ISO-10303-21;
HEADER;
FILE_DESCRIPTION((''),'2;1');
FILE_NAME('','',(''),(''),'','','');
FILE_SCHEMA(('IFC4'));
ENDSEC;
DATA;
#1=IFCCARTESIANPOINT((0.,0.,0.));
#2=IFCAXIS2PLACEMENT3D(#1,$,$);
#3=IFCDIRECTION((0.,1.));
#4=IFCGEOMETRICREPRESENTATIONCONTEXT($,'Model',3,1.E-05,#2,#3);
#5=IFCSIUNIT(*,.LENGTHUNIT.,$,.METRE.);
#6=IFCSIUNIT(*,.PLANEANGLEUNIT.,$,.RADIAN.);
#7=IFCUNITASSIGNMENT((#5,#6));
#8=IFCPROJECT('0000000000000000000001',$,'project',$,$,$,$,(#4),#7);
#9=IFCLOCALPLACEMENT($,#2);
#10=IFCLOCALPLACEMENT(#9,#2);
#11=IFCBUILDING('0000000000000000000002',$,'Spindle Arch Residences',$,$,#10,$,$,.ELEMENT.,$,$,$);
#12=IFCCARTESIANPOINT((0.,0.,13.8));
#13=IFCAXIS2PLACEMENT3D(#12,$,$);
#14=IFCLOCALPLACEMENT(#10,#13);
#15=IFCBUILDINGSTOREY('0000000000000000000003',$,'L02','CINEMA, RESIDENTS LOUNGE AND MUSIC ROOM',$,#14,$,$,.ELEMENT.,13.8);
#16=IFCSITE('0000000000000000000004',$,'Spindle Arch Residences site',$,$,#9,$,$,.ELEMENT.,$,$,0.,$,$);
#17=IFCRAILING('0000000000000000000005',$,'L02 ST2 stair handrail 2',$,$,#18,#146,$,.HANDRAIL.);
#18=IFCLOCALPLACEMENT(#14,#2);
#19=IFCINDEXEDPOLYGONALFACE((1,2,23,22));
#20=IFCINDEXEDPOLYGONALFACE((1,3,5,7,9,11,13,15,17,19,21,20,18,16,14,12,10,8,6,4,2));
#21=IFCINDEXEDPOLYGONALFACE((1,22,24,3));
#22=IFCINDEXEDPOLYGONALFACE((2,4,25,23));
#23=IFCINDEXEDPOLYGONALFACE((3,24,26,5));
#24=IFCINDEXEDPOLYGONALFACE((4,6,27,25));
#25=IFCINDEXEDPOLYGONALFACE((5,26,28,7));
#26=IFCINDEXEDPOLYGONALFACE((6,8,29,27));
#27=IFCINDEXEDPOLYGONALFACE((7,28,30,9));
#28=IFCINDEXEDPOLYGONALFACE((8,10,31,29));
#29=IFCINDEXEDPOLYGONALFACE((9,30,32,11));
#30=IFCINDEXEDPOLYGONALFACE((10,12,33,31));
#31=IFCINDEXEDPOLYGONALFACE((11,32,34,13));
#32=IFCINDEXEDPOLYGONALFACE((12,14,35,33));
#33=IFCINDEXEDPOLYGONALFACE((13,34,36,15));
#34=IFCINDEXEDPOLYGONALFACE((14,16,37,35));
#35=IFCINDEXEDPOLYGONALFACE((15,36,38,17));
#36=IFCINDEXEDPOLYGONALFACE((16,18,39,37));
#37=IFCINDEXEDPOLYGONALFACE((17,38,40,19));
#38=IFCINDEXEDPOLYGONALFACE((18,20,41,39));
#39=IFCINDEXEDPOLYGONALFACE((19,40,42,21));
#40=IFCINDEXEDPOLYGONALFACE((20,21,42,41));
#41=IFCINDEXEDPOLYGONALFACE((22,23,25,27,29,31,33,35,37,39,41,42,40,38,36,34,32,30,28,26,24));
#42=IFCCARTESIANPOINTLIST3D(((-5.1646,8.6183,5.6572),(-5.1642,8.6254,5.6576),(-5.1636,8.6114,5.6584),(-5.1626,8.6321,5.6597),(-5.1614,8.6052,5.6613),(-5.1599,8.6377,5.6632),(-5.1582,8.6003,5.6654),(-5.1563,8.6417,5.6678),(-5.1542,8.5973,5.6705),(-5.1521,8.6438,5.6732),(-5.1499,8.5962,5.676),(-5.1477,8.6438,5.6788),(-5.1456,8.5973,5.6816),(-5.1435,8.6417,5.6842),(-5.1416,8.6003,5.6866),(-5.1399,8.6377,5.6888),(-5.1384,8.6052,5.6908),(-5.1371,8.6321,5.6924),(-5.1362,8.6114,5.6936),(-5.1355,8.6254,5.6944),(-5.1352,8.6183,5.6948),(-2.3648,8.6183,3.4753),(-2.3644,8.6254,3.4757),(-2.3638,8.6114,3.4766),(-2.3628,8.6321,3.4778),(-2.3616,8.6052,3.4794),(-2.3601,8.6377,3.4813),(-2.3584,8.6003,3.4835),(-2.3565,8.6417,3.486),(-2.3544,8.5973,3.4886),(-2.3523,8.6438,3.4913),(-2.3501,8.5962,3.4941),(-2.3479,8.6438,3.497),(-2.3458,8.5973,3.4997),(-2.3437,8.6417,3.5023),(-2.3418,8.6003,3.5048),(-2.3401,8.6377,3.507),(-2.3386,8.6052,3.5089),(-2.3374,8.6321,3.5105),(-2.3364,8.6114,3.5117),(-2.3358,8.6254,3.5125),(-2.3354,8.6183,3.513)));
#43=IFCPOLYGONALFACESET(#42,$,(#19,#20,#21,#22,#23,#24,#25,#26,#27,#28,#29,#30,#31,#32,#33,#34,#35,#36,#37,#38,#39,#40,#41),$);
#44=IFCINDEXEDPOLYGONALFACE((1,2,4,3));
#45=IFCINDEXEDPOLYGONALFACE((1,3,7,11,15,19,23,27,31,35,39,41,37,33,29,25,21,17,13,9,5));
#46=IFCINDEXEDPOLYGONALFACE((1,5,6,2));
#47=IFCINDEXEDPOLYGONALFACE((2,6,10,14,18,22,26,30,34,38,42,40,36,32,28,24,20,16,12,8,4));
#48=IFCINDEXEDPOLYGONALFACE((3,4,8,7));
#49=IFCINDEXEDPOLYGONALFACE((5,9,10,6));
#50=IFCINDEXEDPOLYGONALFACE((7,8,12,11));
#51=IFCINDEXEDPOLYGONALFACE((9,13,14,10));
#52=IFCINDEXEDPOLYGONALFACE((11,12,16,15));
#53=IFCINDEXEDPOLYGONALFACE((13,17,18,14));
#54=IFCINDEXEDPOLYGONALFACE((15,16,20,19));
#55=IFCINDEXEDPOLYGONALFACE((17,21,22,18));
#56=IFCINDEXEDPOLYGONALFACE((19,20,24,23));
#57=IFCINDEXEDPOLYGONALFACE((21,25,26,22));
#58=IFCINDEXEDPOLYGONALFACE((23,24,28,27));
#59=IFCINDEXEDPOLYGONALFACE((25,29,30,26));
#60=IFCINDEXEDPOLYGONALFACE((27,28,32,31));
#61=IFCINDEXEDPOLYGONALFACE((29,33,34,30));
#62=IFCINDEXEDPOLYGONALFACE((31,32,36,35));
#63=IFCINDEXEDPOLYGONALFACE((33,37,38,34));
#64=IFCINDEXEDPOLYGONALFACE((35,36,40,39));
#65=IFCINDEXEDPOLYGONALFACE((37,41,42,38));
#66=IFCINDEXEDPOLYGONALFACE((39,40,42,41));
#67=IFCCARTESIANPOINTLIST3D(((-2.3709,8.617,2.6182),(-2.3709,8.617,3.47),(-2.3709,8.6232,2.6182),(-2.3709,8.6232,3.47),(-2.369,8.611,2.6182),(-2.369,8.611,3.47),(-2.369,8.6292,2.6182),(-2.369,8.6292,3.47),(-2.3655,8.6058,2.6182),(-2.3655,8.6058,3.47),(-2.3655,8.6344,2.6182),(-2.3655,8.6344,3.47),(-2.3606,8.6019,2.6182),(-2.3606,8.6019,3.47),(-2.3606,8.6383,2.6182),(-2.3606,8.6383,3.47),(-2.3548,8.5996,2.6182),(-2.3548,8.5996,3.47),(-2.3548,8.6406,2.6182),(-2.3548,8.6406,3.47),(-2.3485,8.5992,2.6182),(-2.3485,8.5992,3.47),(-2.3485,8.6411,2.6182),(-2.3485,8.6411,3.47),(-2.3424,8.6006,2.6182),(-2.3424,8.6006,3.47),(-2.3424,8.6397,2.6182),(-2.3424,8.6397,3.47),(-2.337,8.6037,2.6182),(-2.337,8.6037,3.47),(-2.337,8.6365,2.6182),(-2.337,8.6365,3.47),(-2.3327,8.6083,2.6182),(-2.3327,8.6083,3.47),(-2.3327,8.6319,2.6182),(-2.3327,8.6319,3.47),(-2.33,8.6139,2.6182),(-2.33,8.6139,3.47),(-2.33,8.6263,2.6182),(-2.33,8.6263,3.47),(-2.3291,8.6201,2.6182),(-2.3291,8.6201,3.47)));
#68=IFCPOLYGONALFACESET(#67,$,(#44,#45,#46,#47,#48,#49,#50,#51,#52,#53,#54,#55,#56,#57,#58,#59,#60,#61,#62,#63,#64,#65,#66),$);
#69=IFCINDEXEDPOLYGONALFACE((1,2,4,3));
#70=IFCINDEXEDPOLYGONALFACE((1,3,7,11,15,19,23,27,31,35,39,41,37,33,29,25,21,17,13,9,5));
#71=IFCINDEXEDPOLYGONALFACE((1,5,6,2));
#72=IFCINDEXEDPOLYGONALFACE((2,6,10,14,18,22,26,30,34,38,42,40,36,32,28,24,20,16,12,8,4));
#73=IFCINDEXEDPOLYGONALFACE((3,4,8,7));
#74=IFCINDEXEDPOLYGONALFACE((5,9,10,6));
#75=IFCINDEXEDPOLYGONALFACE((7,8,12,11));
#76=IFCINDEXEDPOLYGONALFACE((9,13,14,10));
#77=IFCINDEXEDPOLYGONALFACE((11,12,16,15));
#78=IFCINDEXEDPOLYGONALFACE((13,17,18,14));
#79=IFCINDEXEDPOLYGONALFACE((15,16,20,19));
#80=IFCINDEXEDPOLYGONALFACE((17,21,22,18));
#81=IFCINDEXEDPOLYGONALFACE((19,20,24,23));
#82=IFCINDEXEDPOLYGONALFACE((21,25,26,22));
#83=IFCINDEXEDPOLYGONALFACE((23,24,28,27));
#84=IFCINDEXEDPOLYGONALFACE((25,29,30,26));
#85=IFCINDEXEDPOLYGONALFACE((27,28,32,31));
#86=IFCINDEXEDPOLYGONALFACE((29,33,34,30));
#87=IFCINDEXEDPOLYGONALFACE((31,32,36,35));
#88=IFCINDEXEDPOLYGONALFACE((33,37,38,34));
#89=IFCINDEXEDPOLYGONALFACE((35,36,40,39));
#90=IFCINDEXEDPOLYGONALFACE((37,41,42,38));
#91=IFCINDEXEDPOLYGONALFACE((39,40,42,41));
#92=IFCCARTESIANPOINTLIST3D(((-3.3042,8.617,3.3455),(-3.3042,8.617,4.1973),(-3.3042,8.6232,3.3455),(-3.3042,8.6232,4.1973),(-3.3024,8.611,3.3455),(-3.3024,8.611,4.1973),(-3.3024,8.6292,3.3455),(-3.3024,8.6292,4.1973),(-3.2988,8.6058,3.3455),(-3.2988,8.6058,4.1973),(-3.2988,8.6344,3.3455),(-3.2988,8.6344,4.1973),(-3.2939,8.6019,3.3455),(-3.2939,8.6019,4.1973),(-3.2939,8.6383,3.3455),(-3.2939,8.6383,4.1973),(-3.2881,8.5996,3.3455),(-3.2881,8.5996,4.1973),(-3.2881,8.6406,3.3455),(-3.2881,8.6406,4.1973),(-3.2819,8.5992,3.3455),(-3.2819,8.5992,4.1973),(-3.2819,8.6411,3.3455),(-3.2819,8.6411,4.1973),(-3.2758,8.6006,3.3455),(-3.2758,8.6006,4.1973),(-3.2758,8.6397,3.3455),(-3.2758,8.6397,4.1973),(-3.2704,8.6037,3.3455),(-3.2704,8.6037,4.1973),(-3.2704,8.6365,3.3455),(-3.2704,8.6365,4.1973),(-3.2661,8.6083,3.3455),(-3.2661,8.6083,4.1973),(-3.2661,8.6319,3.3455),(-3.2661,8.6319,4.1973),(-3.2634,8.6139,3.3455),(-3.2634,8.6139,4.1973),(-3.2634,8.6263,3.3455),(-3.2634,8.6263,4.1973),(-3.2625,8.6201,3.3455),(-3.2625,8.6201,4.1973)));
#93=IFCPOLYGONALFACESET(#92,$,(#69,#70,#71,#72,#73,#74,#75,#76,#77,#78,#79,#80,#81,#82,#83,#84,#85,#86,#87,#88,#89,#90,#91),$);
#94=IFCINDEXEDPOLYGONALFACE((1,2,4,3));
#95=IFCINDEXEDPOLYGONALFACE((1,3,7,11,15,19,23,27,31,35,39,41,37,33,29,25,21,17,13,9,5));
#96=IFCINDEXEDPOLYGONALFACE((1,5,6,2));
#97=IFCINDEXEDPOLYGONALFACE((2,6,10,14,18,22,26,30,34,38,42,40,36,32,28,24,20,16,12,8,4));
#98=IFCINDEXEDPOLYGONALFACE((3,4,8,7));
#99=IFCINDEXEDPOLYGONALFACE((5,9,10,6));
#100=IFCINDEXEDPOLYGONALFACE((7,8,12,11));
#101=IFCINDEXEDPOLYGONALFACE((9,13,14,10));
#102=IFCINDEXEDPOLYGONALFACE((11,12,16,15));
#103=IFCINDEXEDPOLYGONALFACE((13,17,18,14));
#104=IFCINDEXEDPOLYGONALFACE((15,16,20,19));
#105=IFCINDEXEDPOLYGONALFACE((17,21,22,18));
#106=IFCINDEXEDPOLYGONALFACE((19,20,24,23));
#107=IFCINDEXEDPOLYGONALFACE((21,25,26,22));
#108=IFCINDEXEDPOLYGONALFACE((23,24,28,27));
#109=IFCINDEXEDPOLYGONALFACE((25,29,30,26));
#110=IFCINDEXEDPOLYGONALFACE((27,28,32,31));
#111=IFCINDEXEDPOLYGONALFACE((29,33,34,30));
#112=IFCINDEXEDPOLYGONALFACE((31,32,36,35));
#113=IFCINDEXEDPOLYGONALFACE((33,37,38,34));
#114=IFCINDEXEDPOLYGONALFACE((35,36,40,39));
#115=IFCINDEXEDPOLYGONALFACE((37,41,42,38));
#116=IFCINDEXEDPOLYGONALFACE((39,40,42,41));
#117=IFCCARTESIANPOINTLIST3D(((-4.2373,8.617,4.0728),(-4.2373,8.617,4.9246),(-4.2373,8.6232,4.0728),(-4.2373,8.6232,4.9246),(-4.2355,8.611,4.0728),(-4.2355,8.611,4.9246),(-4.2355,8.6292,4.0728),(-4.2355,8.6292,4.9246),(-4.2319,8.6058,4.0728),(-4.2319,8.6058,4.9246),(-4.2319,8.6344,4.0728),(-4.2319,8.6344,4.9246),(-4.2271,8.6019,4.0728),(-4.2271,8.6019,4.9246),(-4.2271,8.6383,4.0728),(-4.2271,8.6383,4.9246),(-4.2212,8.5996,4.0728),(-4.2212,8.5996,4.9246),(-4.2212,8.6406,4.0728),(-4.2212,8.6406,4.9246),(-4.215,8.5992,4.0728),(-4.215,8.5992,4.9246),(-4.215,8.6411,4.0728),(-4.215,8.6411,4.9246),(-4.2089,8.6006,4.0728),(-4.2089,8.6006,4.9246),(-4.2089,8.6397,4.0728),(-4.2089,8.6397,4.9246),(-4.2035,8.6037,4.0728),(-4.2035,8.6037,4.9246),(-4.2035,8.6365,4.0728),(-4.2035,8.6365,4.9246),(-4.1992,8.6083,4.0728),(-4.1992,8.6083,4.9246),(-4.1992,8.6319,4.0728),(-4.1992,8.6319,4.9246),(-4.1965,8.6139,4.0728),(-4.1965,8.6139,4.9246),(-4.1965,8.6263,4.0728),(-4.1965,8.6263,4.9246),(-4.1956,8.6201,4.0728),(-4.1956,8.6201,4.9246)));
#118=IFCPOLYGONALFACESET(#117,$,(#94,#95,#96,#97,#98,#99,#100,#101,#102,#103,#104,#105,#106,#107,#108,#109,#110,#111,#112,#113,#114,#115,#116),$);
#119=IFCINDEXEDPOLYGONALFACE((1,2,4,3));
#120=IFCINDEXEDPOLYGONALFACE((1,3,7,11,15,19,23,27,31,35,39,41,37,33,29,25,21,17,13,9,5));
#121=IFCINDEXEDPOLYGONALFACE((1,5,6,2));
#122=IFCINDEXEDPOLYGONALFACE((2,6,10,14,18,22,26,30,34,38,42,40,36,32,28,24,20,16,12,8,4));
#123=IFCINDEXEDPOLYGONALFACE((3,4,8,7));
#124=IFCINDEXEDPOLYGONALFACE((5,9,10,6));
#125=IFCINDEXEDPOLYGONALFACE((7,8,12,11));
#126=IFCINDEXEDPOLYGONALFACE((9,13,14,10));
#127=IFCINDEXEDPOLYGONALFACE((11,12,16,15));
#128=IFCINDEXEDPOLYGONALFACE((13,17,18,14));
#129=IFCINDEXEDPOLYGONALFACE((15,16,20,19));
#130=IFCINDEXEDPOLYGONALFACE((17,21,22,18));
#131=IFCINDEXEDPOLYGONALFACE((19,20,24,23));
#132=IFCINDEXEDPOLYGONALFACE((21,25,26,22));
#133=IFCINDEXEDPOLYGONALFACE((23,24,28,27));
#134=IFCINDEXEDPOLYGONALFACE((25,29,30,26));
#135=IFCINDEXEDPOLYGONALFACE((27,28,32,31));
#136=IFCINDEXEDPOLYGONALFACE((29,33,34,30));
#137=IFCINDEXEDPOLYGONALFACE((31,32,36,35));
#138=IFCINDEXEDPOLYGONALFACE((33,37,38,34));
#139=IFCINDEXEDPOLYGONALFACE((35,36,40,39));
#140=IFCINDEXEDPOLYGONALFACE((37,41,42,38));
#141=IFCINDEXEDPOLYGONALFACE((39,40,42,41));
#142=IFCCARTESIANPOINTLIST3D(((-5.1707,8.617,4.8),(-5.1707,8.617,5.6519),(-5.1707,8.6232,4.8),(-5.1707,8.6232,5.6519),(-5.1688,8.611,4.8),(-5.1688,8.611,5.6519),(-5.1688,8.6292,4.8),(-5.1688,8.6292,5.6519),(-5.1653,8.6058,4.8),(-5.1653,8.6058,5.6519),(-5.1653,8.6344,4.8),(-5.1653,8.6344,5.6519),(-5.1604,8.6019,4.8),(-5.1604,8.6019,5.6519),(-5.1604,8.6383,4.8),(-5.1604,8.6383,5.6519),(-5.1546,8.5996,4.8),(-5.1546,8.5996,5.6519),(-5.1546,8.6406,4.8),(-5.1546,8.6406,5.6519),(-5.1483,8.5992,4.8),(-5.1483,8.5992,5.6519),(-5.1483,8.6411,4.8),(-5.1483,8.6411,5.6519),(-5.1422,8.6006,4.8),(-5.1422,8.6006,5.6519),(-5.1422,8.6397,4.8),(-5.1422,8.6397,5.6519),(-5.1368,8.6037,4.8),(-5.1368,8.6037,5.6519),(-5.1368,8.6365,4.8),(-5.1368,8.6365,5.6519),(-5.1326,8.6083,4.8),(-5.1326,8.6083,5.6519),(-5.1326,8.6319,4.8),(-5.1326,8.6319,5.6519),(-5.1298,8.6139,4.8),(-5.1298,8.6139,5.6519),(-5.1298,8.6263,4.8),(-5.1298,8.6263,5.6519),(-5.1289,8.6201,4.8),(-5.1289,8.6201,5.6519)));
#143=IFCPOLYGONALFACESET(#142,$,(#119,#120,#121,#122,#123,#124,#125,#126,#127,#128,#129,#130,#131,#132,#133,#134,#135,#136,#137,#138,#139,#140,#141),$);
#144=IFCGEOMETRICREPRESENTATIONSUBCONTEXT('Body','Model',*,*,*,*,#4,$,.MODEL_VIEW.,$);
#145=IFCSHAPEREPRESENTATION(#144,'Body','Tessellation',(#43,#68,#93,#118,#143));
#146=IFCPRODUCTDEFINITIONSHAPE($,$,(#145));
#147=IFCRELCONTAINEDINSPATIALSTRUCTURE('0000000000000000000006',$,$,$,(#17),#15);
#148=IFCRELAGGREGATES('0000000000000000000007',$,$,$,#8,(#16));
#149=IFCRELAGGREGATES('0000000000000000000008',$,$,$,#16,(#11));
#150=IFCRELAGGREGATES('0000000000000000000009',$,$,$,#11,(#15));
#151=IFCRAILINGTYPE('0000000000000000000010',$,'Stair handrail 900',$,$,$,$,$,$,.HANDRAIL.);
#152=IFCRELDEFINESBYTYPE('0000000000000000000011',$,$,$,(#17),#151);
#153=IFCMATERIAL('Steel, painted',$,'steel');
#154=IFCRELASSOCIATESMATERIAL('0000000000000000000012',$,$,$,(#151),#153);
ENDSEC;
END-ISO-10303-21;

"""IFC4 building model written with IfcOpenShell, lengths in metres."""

from ifc_helpers import new_model, si_unit, direction, frame, origin, origin_2d, place, context, subcontext, project, spatial, circle, extrude, material, type_object, element, save


model = new_model("IFC4")

# Units and contexts
model_context = context("Model", 3, precision=1e-05, world=origin(), true_north=direction((0.0, 1.0)))
body_context = subcontext(model_context, "Body", "Model", "MODEL_VIEW")
ifc_project = project(units=[si_unit("LENGTHUNIT", "METRE"), si_unit("PLANEANGLEUNIT", "RADIAN")], contexts=[model_context])

# Site, building, storey
site_placement = place(None, origin())
site = spatial("IfcSite", under=ifc_project, at=site_placement, Name="Spindle Arch Residences site", CompositionType="ELEMENT", RefElevation=0.0)
building_placement = place(site_placement, origin())
building = spatial("IfcBuilding", under=site, at=building_placement, Name="Spindle Arch Residences", CompositionType="ELEMENT")
storey_placement = place(building_placement, frame((0.0, 0.0, 13.8)))
storey = spatial("IfcBuildingStorey", under=building, at=storey_placement, Name="L02", Description="CINEMA, RESIDENTS LOUNGE AND MUSIC ROOM", CompositionType="ELEMENT", Elevation=13.8)

# Railing
ifc_material_1 = material(Name="Steel, painted", Category="steel")
railing_type_1 = type_object("IfcRailingType", Name="Stair handrail 900", PredefinedType="HANDRAIL", material=ifc_material_1)
railing_1_placement = place(storey_placement, frame((-2.3501, 8.6201, 2.6182)))
element("IfcRailing", 1, at=railing_1_placement, inside=storey, type_object=railing_type_1, Name="L02 ST2 stair handrail 2", PredefinedType="HANDRAIL", context=body_context, shape_type="SweptSolid", body=[
    extrude(circle(Radius=0.0239, at=origin_2d()), frame((0.0, 0.0, 0.876), z_axis=(-0.78877, 0.0, 0.614688), x_axis=(0.0, -1.0, 0.0)), (0.0, 0.0, 1.0), 3.5496),
    extrude(circle(Radius=0.021, at=origin_2d()), origin(), (0.0, 0.0, 1.0), 0.8518),
    extrude(circle(Radius=0.021, at=origin_2d()), frame((-0.9333, 0.0, 0.7273)), (0.0, 0.0, 1.0), 0.8518),
    extrude(circle(Radius=0.021, at=origin_2d()), frame((-1.8665, 0.0, 1.4546)), (0.0, 0.0, 1.0), 0.8518),
    extrude(circle(Radius=0.021, at=origin_2d()), frame((-2.7998, 0.0, 2.1819)), (0.0, 0.0, 1.0), 0.8518),
])

save(model, "model.ifc")
